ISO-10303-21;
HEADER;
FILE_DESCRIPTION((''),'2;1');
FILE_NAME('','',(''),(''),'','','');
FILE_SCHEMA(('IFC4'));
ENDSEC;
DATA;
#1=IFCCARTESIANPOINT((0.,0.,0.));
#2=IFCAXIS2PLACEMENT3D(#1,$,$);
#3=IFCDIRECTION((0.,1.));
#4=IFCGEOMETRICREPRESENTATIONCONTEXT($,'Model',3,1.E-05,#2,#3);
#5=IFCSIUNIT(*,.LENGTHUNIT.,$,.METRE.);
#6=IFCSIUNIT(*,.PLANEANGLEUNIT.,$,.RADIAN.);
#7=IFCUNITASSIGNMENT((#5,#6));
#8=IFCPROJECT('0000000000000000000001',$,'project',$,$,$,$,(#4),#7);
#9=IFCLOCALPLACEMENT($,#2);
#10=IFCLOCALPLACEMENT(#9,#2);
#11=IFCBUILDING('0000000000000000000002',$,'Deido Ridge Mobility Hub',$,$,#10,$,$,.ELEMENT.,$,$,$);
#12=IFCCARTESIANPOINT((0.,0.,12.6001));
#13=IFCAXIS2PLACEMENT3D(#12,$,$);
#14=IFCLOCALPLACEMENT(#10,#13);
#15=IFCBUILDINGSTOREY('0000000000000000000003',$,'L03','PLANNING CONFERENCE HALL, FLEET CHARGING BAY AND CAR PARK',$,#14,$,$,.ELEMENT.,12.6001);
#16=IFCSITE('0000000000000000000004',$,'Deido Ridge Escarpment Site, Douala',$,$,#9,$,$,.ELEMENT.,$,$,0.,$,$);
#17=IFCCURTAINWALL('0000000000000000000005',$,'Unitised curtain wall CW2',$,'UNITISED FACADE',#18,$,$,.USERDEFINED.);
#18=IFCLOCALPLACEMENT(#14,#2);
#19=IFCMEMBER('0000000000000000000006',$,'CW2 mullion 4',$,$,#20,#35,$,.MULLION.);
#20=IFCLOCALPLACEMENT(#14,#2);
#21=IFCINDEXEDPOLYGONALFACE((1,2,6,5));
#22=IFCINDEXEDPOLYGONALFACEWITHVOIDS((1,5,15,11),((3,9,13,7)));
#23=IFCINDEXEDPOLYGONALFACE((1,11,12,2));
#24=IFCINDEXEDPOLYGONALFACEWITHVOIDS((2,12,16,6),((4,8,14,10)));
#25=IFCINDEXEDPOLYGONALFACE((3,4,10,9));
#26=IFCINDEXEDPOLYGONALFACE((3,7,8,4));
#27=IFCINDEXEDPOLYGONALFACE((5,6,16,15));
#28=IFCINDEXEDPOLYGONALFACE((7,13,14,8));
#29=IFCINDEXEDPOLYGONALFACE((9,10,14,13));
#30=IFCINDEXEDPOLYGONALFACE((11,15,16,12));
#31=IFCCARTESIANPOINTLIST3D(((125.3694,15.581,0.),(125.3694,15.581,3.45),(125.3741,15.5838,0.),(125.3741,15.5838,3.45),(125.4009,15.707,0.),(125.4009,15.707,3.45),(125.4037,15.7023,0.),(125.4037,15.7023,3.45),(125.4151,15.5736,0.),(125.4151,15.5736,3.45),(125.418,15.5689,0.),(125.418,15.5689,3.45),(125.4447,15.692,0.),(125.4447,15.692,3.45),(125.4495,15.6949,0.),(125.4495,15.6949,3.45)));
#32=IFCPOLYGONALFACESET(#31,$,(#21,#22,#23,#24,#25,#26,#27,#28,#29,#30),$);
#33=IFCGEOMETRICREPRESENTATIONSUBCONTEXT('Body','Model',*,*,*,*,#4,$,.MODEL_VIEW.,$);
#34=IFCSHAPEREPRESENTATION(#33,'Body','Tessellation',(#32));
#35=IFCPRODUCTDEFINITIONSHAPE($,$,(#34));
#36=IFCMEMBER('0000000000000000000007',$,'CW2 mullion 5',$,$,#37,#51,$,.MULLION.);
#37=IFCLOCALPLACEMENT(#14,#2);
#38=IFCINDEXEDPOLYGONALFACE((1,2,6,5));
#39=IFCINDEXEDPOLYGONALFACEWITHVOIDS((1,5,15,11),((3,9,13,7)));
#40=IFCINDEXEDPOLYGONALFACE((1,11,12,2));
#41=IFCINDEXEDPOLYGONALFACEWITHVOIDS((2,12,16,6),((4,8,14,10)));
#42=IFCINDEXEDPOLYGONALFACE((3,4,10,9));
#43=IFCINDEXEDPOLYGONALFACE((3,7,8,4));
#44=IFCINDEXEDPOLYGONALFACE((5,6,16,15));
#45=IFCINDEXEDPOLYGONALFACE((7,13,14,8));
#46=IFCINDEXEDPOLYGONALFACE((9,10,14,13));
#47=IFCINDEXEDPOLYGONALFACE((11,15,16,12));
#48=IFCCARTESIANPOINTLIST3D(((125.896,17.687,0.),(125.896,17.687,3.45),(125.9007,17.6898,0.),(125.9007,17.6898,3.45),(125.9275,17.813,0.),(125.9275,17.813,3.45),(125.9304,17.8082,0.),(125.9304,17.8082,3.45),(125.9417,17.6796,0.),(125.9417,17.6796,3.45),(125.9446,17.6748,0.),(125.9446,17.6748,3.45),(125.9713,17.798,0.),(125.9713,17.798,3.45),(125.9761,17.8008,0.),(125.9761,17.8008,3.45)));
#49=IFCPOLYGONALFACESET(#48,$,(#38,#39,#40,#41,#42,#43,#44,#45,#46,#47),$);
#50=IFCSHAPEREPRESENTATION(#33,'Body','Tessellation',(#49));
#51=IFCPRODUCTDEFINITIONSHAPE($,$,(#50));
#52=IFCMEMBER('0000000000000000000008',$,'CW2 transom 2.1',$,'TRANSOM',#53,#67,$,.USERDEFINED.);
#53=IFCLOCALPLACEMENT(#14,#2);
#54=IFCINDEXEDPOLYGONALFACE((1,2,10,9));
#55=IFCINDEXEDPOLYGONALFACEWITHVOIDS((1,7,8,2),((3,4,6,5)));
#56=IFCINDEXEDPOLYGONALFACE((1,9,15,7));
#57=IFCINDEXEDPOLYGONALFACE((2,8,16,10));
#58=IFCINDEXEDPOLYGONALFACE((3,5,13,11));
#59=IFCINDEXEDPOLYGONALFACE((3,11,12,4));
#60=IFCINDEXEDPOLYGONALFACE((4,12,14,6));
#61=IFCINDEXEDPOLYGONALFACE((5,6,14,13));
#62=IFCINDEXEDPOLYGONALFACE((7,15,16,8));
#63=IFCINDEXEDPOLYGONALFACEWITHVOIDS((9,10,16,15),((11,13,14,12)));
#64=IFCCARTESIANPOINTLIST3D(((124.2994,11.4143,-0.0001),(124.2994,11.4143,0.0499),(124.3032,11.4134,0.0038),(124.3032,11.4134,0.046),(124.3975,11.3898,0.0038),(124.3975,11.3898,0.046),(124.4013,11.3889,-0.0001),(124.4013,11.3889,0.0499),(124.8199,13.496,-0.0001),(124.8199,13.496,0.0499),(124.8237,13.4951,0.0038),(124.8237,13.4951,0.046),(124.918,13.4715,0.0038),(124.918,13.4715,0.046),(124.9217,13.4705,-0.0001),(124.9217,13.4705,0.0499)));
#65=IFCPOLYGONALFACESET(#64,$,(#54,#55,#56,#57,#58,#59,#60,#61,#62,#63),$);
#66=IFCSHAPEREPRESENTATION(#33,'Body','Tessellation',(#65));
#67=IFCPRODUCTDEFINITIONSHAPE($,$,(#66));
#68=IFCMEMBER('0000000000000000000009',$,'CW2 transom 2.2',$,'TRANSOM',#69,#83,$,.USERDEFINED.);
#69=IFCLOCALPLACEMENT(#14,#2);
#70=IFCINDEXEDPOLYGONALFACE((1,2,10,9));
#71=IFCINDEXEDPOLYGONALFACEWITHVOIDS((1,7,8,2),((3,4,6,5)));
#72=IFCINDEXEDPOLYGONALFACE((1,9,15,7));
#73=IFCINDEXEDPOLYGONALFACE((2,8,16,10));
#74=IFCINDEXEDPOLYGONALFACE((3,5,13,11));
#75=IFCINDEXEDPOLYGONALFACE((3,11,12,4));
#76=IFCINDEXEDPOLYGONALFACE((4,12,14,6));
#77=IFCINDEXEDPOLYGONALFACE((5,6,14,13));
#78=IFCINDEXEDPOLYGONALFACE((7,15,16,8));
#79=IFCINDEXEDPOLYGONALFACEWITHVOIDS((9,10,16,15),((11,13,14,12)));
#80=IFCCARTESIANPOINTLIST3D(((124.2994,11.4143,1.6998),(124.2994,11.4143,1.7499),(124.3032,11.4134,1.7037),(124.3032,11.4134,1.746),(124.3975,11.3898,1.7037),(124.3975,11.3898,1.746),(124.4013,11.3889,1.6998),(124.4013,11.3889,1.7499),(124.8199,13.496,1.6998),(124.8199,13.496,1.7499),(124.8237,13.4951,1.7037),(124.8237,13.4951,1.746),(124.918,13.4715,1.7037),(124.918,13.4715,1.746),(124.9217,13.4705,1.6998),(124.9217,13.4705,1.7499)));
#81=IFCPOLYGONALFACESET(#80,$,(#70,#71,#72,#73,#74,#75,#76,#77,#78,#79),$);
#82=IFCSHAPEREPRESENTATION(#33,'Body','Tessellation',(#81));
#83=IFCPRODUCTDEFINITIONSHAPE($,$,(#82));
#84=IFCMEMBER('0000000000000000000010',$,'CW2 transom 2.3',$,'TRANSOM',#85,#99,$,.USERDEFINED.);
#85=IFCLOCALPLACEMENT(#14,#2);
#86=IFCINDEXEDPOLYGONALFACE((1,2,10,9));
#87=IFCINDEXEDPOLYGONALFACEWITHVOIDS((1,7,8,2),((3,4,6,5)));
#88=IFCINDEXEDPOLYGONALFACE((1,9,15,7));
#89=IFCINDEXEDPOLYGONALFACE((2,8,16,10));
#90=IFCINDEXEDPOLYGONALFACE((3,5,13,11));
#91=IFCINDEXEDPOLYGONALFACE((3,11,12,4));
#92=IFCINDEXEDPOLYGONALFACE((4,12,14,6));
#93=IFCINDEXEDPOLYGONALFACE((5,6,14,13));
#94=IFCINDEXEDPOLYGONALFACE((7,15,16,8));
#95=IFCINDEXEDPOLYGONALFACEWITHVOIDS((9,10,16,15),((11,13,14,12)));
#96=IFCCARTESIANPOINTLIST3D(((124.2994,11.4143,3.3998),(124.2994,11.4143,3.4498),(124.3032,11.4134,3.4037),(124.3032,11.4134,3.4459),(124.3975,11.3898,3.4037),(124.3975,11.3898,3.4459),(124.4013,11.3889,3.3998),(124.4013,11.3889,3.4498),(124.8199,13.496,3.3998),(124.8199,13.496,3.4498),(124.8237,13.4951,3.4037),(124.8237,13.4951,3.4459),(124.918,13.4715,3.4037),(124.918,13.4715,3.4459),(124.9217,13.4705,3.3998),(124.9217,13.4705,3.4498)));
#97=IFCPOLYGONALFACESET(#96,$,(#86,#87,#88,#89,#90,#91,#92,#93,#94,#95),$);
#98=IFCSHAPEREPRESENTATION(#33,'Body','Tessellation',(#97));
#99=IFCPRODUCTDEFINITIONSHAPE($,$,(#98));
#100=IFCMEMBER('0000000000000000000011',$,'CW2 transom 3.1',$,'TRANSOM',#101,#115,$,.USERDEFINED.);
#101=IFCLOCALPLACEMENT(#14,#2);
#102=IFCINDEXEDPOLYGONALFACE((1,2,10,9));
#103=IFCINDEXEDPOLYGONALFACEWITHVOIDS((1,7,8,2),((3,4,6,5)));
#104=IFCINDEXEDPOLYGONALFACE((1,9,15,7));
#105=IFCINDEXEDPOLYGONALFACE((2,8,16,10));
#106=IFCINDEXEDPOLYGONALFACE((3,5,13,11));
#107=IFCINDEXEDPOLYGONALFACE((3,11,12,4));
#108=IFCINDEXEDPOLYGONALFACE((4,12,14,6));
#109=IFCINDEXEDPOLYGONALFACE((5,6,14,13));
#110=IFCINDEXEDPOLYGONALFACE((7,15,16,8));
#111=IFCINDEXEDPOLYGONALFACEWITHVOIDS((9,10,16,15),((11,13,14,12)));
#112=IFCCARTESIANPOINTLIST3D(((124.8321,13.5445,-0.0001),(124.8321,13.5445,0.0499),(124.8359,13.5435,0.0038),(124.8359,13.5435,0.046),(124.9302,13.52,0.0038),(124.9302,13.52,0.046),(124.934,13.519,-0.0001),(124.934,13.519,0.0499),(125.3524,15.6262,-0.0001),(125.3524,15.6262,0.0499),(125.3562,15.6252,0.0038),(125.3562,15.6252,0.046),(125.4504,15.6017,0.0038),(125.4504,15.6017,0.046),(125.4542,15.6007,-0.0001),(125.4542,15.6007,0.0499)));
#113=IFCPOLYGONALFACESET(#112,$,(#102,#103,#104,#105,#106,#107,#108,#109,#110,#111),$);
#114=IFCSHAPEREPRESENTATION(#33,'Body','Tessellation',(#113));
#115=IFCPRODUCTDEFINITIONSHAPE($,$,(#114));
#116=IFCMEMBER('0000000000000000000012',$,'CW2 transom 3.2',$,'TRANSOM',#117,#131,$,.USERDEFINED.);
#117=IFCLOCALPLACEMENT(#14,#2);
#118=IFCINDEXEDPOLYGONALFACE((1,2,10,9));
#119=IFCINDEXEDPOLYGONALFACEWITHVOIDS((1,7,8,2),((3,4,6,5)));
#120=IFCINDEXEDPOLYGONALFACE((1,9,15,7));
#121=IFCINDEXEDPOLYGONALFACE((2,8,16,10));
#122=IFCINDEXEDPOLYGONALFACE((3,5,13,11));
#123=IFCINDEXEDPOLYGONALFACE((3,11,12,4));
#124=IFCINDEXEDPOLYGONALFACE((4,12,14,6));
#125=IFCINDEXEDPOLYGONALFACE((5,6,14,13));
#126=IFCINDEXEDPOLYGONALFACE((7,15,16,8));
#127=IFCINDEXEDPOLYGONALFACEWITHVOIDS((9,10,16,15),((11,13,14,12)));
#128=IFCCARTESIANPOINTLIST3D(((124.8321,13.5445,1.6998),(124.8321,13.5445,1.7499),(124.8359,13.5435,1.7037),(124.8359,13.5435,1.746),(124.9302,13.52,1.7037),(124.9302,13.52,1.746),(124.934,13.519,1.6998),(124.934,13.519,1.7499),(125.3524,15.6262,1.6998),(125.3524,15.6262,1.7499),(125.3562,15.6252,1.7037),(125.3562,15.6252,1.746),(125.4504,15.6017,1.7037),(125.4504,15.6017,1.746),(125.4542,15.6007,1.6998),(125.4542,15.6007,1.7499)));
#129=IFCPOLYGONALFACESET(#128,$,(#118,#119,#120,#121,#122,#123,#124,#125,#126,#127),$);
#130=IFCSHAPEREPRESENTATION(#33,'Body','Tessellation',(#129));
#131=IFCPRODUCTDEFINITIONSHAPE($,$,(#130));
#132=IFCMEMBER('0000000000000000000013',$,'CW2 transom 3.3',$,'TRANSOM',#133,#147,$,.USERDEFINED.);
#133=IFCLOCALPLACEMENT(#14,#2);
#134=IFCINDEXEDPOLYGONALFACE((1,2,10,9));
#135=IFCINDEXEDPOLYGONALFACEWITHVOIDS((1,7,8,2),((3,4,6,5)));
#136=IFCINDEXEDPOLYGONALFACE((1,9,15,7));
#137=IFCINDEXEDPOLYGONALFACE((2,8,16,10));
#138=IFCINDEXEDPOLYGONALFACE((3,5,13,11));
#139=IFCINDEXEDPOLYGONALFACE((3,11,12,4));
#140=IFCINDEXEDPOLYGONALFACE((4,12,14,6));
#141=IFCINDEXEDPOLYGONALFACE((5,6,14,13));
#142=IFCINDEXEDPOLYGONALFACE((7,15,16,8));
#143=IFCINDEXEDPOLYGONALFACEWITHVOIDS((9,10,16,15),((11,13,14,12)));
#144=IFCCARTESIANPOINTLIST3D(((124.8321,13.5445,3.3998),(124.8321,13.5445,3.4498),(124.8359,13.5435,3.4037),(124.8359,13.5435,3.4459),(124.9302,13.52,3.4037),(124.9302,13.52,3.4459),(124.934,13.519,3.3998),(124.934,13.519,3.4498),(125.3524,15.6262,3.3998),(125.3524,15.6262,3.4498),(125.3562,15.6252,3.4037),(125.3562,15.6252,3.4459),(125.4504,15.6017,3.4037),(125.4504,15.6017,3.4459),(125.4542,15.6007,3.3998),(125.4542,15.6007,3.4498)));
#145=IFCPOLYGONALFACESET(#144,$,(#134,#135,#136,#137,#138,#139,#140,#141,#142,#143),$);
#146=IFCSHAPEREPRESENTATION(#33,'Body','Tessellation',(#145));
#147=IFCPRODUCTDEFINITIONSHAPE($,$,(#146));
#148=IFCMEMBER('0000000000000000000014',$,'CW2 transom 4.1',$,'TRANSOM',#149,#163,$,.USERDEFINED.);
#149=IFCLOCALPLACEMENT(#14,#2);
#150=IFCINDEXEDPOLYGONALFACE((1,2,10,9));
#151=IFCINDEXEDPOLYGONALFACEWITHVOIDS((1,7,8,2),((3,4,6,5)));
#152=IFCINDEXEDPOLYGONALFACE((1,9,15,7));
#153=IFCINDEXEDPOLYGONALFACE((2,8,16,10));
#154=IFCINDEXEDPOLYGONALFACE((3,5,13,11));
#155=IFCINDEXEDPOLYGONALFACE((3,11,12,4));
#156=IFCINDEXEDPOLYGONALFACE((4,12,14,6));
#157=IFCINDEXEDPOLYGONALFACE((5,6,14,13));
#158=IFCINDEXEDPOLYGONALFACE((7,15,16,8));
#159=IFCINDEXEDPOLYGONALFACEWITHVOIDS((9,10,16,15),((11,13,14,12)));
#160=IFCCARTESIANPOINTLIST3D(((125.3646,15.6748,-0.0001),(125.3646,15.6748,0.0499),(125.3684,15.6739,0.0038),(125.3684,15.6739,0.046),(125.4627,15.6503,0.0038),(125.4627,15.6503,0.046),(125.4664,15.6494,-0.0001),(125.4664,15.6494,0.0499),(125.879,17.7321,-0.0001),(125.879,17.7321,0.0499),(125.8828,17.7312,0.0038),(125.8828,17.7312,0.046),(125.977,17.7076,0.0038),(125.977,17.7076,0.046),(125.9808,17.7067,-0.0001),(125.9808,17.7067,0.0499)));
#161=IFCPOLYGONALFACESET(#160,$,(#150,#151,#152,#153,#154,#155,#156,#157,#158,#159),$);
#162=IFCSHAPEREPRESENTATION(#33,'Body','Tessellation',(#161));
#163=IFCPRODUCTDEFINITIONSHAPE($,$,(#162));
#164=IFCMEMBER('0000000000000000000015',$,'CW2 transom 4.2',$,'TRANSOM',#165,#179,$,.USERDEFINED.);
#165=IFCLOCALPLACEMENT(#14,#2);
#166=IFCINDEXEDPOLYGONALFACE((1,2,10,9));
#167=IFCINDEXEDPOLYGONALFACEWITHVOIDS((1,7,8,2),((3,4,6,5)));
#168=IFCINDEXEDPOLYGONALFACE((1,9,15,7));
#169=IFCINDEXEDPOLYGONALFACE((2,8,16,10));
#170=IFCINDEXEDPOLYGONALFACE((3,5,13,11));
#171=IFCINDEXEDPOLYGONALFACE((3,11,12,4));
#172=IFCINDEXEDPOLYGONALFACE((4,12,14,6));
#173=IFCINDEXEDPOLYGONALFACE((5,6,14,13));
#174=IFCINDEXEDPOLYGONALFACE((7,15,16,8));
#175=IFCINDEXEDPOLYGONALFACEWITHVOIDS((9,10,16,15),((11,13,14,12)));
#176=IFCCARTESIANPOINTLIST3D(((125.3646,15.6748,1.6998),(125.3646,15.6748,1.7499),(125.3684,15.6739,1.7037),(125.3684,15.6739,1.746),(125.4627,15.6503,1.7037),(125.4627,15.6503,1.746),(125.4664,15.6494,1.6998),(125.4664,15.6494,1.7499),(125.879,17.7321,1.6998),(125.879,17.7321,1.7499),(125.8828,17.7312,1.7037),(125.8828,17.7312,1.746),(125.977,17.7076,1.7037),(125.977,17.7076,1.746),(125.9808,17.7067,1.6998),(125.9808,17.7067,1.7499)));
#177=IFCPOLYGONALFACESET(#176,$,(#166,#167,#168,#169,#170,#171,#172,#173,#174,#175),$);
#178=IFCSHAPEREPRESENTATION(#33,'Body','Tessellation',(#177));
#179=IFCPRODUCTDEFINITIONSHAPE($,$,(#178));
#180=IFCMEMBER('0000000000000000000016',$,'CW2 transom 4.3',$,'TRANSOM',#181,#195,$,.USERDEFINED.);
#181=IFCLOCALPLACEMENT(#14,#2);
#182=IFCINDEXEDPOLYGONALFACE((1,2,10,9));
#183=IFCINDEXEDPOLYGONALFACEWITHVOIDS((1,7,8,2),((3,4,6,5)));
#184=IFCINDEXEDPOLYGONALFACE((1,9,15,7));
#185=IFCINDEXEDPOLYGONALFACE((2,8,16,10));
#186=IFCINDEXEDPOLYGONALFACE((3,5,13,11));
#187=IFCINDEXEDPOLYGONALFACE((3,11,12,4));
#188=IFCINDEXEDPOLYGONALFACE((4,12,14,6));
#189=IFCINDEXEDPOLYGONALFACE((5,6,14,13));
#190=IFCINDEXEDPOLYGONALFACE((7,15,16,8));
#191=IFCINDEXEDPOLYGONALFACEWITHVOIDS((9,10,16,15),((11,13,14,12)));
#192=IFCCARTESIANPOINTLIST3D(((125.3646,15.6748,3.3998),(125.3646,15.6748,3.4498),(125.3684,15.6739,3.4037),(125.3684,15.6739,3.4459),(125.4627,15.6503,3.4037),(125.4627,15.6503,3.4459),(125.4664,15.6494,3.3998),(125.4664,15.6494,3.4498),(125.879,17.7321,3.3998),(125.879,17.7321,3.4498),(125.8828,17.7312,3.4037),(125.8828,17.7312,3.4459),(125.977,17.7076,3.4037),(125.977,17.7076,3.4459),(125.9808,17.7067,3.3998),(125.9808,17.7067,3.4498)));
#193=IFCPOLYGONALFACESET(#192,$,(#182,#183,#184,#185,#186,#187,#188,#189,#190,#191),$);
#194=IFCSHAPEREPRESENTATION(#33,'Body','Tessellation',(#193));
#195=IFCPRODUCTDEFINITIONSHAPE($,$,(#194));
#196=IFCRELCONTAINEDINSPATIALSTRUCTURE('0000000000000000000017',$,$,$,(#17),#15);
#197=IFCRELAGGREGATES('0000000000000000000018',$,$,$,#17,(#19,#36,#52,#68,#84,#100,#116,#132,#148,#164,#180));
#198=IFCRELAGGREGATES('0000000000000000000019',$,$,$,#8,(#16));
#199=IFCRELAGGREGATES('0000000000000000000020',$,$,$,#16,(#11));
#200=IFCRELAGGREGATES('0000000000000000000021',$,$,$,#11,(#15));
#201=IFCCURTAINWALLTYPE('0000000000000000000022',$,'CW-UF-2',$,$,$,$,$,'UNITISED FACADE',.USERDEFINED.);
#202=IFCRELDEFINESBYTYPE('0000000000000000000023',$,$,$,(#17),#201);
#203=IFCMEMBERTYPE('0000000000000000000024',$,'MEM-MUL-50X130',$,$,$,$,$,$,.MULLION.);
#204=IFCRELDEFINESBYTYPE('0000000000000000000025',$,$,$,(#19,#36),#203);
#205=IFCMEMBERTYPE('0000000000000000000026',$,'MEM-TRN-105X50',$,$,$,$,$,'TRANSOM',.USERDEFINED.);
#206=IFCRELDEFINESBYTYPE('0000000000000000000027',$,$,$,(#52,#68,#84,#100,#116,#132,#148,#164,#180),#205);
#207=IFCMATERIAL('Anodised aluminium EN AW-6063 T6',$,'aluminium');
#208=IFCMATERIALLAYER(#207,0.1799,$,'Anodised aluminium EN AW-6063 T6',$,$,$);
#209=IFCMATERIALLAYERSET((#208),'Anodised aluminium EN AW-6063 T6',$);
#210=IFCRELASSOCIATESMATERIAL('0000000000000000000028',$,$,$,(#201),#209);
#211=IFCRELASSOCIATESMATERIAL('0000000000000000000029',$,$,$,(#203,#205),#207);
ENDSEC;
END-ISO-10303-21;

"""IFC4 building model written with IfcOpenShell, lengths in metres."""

from ifc_helpers import new_model, si_unit, direction, frame, origin, origin_2d, place, context, subcontext, project, spatial, hollow_rectangle, extrude, material, layer, layer_set, material_profile, profile_set, type_object, element, aggregate, save


model = new_model("IFC4")

# Units and contexts
model_context = context("Model", 3, precision=1e-05, world=origin(), true_north=direction((0.0, 1.0)))
body_context = subcontext(model_context, "Body", "Model", "MODEL_VIEW")
ifc_project = project(units=[si_unit("LENGTHUNIT", "METRE"), si_unit("PLANEANGLEUNIT", "RADIAN")], contexts=[model_context])

# Site, building, storey
site_placement = place(None, origin())
site = spatial("IfcSite", under=ifc_project, at=site_placement, Name="Deido Ridge Escarpment Site, Douala", CompositionType="ELEMENT", RefElevation=0.0)
building_placement = place(site_placement, origin())
building = spatial("IfcBuilding", under=site, at=building_placement, Name="Deido Ridge Mobility Hub", CompositionType="ELEMENT")
storey_placement = place(building_placement, frame((0.0, 0.0, 12.6001)))
storey = spatial("IfcBuildingStorey", under=building, at=storey_placement, Name="L03", Description="PLANNING CONFERENCE HALL, FLEET CHARGING BAY AND CAR PARK", CompositionType="ELEMENT", Elevation=12.6001)

# Curtain wall, members
ifc_material_1 = material(Name="Anodised aluminium EN AW-6063 T6", Category="aluminium")
ifc_layer_1 = layer(ifc_material_1, 0.1799, Name="Anodised aluminium EN AW-6063 T6")
ifc_layer_set_1 = layer_set([ifc_layer_1], Name="Anodised aluminium EN AW-6063 T6")
curtain_wall_type = type_object("IfcCurtainWallType", Name="CW-UF-2", ElementType="UNITISED FACADE", PredefinedType="USERDEFINED", material=ifc_layer_set_1)
curtain_wall_placement = place(storey_placement, origin())
curtain_wall = element("IfcCurtainWall", 1, at=curtain_wall_placement, inside=storey, type_object=curtain_wall_type, Name="Unitised curtain wall CW2", ObjectType="UNITISED FACADE", PredefinedType="USERDEFINED")
ifc_material_profile_1 = material_profile(ifc_material_1, hollow_rectangle(XDim=0.05, YDim=0.1299, WallThickness=0.0039, at=origin_2d()), Name="RHS 50x130x4")
ifc_profile_set_1 = profile_set([ifc_material_profile_1], Name="Anodised aluminium EN AW-6063 T6")
member_type_1 = type_object("IfcMemberType", Name="MEM-MUL-50X130", PredefinedType="MULLION", material=ifc_profile_set_1)
member_1_placement = place(storey_placement, frame((125.4094, 15.6379, 0.0), z_axis=(0.0, 0.0, 1.0), x_axis=(-0.970144, 0.24253, 0.0)))
member_1 = element("IfcMember", 2, at=member_1_placement, type_object=member_type_1, Name="CW2 mullion 4", PredefinedType="MULLION", context=body_context, shape_type="SweptSolid", body=[
    extrude(hollow_rectangle(XDim=0.05, YDim=0.1299, WallThickness=0.0039, at=origin_2d()), origin(), (0.0, 0.0, 1.0), 3.45),
])
member_2_placement = place(storey_placement, frame((125.936, 17.7439, 0.0), z_axis=(0.0, 0.0, 1.0), x_axis=(-0.970144, 0.24253, 0.0)))
member_2 = element("IfcMember", 3, at=member_2_placement, type_object=member_type_1, Name="CW2 mullion 5", PredefinedType="MULLION", context=body_context, shape_type="SweptSolid", body=[
    extrude(hollow_rectangle(XDim=0.05, YDim=0.1299, WallThickness=0.0039, at=origin_2d()), origin(), (0.0, 0.0, 1.0), 3.45),
])
ifc_material_profile_2 = material_profile(ifc_material_1, hollow_rectangle(XDim=0.105, YDim=0.05, WallThickness=0.0039, at=origin_2d()), Name="RHS 105x50x4")
ifc_profile_set_2 = profile_set([ifc_material_profile_2], Name="Anodised aluminium EN AW-6063 T6")
member_type_2 = type_object("IfcMemberType", Name="MEM-TRN-105X50", ElementType="TRANSOM", PredefinedType="USERDEFINED", material=ifc_profile_set_2)
member_3_placement = place(storey_placement, frame((124.3503, 11.4016, 0.0249), z_axis=(0.242562, 0.970136, 0.0), x_axis=(-0.970136, 0.242562, 0.0)))
member_3 = element("IfcMember", 4, at=member_3_placement, type_object=member_type_2, Name="CW2 transom 2.1", ObjectType="TRANSOM", PredefinedType="USERDEFINED", context=body_context, shape_type="SweptSolid", body=[
    extrude(hollow_rectangle(XDim=0.105, YDim=0.05, WallThickness=0.0039, at=origin_2d()), origin(), (0.0, 0.0, 1.0), 2.1458),
])
member_4_placement = place(storey_placement, frame((124.3503, 11.4016, 1.7249), z_axis=(0.242562, 0.970136, 0.0), x_axis=(-0.970136, 0.242562, 0.0)))
member_4 = element("IfcMember", 5, at=member_4_placement, type_object=member_type_2, Name="CW2 transom 2.2", ObjectType="TRANSOM", PredefinedType="USERDEFINED", context=body_context, shape_type="SweptSolid", body=[
    extrude(hollow_rectangle(XDim=0.105, YDim=0.05, WallThickness=0.0039, at=origin_2d()), origin(), (0.0, 0.0, 1.0), 2.1458),
])
member_5_placement = place(storey_placement, frame((124.3503, 11.4016, 3.4248), z_axis=(0.242562, 0.970136, 0.0), x_axis=(-0.970136, 0.242562, 0.0)))
member_5 = element("IfcMember", 6, at=member_5_placement, type_object=member_type_2, Name="CW2 transom 2.3", ObjectType="TRANSOM", PredefinedType="USERDEFINED", context=body_context, shape_type="SweptSolid", body=[
    extrude(hollow_rectangle(XDim=0.105, YDim=0.05, WallThickness=0.0039, at=origin_2d()), origin(), (0.0, 0.0, 1.0), 2.1458),
])
member_6_placement = place(storey_placement, frame((124.8831, 13.5317, 0.0249), z_axis=(0.242455, 0.970163, 0.0), x_axis=(-0.970163, 0.242455, 0.0)))
member_6 = element("IfcMember", 7, at=member_6_placement, type_object=member_type_2, Name="CW2 transom 3.1", ObjectType="TRANSOM", PredefinedType="USERDEFINED", context=body_context, shape_type="SweptSolid", body=[
    extrude(hollow_rectangle(XDim=0.105, YDim=0.05, WallThickness=0.0039, at=origin_2d()), origin(), (0.0, 0.0, 1.0), 2.1458),
])
member_7_placement = place(storey_placement, frame((124.8831, 13.5317, 1.7249), z_axis=(0.242455, 0.970163, 0.0), x_axis=(-0.970163, 0.242455, 0.0)))
member_7 = element("IfcMember", 8, at=member_7_placement, type_object=member_type_2, Name="CW2 transom 3.2", ObjectType="TRANSOM", PredefinedType="USERDEFINED", context=body_context, shape_type="SweptSolid", body=[
    extrude(hollow_rectangle(XDim=0.105, YDim=0.05, WallThickness=0.0039, at=origin_2d()), origin(), (0.0, 0.0, 1.0), 2.1458),
])
member_8_placement = place(storey_placement, frame((124.8831, 13.5317, 3.4248), z_axis=(0.242455, 0.970163, 0.0), x_axis=(-0.970163, 0.242455, 0.0)))
member_8 = element("IfcMember", 9, at=member_8_placement, type_object=member_type_2, Name="CW2 transom 3.3", ObjectType="TRANSOM", PredefinedType="USERDEFINED", context=body_context, shape_type="SweptSolid", body=[
    extrude(hollow_rectangle(XDim=0.105, YDim=0.05, WallThickness=0.0039, at=origin_2d()), origin(), (0.0, 0.0, 1.0), 2.1458),
])
member_9_placement = place(storey_placement, frame((125.4155, 15.6621, 0.0249), z_axis=(0.242563, 0.970136, 0.0), x_axis=(-0.970136, 0.242563, 0.0)))
member_9 = element("IfcMember", 10, at=member_9_placement, type_object=member_type_2, Name="CW2 transom 4.1", ObjectType="TRANSOM", PredefinedType="USERDEFINED", context=body_context, shape_type="SweptSolid", body=[
    extrude(hollow_rectangle(XDim=0.105, YDim=0.05, WallThickness=0.0039, at=origin_2d()), origin(), (0.0, 0.0, 1.0), 2.1206),
])
member_10_placement = place(storey_placement, frame((125.4155, 15.6621, 1.7249), z_axis=(0.242563, 0.970136, 0.0), x_axis=(-0.970136, 0.242563, 0.0)))
member_10 = element("IfcMember", 11, at=member_10_placement, type_object=member_type_2, Name="CW2 transom 4.2", ObjectType="TRANSOM", PredefinedType="USERDEFINED", context=body_context, shape_type="SweptSolid", body=[
    extrude(hollow_rectangle(XDim=0.105, YDim=0.05, WallThickness=0.0039, at=origin_2d()), origin(), (0.0, 0.0, 1.0), 2.1206),
])
member_11_placement = place(storey_placement, frame((125.4155, 15.6621, 3.4248), z_axis=(0.242563, 0.970136, 0.0), x_axis=(-0.970136, 0.242563, 0.0)))
member_11 = element("IfcMember", 12, at=member_11_placement, type_object=member_type_2, Name="CW2 transom 4.3", ObjectType="TRANSOM", PredefinedType="USERDEFINED", context=body_context, shape_type="SweptSolid", body=[
    extrude(hollow_rectangle(XDim=0.105, YDim=0.05, WallThickness=0.0039, at=origin_2d()), origin(), (0.0, 0.0, 1.0), 2.1206),
])
aggregate(curtain_wall, [member_1, member_2, member_3, member_4, member_5, member_6, member_7, member_8, member_9, member_10, member_11])

save(model, "model.ifc")
